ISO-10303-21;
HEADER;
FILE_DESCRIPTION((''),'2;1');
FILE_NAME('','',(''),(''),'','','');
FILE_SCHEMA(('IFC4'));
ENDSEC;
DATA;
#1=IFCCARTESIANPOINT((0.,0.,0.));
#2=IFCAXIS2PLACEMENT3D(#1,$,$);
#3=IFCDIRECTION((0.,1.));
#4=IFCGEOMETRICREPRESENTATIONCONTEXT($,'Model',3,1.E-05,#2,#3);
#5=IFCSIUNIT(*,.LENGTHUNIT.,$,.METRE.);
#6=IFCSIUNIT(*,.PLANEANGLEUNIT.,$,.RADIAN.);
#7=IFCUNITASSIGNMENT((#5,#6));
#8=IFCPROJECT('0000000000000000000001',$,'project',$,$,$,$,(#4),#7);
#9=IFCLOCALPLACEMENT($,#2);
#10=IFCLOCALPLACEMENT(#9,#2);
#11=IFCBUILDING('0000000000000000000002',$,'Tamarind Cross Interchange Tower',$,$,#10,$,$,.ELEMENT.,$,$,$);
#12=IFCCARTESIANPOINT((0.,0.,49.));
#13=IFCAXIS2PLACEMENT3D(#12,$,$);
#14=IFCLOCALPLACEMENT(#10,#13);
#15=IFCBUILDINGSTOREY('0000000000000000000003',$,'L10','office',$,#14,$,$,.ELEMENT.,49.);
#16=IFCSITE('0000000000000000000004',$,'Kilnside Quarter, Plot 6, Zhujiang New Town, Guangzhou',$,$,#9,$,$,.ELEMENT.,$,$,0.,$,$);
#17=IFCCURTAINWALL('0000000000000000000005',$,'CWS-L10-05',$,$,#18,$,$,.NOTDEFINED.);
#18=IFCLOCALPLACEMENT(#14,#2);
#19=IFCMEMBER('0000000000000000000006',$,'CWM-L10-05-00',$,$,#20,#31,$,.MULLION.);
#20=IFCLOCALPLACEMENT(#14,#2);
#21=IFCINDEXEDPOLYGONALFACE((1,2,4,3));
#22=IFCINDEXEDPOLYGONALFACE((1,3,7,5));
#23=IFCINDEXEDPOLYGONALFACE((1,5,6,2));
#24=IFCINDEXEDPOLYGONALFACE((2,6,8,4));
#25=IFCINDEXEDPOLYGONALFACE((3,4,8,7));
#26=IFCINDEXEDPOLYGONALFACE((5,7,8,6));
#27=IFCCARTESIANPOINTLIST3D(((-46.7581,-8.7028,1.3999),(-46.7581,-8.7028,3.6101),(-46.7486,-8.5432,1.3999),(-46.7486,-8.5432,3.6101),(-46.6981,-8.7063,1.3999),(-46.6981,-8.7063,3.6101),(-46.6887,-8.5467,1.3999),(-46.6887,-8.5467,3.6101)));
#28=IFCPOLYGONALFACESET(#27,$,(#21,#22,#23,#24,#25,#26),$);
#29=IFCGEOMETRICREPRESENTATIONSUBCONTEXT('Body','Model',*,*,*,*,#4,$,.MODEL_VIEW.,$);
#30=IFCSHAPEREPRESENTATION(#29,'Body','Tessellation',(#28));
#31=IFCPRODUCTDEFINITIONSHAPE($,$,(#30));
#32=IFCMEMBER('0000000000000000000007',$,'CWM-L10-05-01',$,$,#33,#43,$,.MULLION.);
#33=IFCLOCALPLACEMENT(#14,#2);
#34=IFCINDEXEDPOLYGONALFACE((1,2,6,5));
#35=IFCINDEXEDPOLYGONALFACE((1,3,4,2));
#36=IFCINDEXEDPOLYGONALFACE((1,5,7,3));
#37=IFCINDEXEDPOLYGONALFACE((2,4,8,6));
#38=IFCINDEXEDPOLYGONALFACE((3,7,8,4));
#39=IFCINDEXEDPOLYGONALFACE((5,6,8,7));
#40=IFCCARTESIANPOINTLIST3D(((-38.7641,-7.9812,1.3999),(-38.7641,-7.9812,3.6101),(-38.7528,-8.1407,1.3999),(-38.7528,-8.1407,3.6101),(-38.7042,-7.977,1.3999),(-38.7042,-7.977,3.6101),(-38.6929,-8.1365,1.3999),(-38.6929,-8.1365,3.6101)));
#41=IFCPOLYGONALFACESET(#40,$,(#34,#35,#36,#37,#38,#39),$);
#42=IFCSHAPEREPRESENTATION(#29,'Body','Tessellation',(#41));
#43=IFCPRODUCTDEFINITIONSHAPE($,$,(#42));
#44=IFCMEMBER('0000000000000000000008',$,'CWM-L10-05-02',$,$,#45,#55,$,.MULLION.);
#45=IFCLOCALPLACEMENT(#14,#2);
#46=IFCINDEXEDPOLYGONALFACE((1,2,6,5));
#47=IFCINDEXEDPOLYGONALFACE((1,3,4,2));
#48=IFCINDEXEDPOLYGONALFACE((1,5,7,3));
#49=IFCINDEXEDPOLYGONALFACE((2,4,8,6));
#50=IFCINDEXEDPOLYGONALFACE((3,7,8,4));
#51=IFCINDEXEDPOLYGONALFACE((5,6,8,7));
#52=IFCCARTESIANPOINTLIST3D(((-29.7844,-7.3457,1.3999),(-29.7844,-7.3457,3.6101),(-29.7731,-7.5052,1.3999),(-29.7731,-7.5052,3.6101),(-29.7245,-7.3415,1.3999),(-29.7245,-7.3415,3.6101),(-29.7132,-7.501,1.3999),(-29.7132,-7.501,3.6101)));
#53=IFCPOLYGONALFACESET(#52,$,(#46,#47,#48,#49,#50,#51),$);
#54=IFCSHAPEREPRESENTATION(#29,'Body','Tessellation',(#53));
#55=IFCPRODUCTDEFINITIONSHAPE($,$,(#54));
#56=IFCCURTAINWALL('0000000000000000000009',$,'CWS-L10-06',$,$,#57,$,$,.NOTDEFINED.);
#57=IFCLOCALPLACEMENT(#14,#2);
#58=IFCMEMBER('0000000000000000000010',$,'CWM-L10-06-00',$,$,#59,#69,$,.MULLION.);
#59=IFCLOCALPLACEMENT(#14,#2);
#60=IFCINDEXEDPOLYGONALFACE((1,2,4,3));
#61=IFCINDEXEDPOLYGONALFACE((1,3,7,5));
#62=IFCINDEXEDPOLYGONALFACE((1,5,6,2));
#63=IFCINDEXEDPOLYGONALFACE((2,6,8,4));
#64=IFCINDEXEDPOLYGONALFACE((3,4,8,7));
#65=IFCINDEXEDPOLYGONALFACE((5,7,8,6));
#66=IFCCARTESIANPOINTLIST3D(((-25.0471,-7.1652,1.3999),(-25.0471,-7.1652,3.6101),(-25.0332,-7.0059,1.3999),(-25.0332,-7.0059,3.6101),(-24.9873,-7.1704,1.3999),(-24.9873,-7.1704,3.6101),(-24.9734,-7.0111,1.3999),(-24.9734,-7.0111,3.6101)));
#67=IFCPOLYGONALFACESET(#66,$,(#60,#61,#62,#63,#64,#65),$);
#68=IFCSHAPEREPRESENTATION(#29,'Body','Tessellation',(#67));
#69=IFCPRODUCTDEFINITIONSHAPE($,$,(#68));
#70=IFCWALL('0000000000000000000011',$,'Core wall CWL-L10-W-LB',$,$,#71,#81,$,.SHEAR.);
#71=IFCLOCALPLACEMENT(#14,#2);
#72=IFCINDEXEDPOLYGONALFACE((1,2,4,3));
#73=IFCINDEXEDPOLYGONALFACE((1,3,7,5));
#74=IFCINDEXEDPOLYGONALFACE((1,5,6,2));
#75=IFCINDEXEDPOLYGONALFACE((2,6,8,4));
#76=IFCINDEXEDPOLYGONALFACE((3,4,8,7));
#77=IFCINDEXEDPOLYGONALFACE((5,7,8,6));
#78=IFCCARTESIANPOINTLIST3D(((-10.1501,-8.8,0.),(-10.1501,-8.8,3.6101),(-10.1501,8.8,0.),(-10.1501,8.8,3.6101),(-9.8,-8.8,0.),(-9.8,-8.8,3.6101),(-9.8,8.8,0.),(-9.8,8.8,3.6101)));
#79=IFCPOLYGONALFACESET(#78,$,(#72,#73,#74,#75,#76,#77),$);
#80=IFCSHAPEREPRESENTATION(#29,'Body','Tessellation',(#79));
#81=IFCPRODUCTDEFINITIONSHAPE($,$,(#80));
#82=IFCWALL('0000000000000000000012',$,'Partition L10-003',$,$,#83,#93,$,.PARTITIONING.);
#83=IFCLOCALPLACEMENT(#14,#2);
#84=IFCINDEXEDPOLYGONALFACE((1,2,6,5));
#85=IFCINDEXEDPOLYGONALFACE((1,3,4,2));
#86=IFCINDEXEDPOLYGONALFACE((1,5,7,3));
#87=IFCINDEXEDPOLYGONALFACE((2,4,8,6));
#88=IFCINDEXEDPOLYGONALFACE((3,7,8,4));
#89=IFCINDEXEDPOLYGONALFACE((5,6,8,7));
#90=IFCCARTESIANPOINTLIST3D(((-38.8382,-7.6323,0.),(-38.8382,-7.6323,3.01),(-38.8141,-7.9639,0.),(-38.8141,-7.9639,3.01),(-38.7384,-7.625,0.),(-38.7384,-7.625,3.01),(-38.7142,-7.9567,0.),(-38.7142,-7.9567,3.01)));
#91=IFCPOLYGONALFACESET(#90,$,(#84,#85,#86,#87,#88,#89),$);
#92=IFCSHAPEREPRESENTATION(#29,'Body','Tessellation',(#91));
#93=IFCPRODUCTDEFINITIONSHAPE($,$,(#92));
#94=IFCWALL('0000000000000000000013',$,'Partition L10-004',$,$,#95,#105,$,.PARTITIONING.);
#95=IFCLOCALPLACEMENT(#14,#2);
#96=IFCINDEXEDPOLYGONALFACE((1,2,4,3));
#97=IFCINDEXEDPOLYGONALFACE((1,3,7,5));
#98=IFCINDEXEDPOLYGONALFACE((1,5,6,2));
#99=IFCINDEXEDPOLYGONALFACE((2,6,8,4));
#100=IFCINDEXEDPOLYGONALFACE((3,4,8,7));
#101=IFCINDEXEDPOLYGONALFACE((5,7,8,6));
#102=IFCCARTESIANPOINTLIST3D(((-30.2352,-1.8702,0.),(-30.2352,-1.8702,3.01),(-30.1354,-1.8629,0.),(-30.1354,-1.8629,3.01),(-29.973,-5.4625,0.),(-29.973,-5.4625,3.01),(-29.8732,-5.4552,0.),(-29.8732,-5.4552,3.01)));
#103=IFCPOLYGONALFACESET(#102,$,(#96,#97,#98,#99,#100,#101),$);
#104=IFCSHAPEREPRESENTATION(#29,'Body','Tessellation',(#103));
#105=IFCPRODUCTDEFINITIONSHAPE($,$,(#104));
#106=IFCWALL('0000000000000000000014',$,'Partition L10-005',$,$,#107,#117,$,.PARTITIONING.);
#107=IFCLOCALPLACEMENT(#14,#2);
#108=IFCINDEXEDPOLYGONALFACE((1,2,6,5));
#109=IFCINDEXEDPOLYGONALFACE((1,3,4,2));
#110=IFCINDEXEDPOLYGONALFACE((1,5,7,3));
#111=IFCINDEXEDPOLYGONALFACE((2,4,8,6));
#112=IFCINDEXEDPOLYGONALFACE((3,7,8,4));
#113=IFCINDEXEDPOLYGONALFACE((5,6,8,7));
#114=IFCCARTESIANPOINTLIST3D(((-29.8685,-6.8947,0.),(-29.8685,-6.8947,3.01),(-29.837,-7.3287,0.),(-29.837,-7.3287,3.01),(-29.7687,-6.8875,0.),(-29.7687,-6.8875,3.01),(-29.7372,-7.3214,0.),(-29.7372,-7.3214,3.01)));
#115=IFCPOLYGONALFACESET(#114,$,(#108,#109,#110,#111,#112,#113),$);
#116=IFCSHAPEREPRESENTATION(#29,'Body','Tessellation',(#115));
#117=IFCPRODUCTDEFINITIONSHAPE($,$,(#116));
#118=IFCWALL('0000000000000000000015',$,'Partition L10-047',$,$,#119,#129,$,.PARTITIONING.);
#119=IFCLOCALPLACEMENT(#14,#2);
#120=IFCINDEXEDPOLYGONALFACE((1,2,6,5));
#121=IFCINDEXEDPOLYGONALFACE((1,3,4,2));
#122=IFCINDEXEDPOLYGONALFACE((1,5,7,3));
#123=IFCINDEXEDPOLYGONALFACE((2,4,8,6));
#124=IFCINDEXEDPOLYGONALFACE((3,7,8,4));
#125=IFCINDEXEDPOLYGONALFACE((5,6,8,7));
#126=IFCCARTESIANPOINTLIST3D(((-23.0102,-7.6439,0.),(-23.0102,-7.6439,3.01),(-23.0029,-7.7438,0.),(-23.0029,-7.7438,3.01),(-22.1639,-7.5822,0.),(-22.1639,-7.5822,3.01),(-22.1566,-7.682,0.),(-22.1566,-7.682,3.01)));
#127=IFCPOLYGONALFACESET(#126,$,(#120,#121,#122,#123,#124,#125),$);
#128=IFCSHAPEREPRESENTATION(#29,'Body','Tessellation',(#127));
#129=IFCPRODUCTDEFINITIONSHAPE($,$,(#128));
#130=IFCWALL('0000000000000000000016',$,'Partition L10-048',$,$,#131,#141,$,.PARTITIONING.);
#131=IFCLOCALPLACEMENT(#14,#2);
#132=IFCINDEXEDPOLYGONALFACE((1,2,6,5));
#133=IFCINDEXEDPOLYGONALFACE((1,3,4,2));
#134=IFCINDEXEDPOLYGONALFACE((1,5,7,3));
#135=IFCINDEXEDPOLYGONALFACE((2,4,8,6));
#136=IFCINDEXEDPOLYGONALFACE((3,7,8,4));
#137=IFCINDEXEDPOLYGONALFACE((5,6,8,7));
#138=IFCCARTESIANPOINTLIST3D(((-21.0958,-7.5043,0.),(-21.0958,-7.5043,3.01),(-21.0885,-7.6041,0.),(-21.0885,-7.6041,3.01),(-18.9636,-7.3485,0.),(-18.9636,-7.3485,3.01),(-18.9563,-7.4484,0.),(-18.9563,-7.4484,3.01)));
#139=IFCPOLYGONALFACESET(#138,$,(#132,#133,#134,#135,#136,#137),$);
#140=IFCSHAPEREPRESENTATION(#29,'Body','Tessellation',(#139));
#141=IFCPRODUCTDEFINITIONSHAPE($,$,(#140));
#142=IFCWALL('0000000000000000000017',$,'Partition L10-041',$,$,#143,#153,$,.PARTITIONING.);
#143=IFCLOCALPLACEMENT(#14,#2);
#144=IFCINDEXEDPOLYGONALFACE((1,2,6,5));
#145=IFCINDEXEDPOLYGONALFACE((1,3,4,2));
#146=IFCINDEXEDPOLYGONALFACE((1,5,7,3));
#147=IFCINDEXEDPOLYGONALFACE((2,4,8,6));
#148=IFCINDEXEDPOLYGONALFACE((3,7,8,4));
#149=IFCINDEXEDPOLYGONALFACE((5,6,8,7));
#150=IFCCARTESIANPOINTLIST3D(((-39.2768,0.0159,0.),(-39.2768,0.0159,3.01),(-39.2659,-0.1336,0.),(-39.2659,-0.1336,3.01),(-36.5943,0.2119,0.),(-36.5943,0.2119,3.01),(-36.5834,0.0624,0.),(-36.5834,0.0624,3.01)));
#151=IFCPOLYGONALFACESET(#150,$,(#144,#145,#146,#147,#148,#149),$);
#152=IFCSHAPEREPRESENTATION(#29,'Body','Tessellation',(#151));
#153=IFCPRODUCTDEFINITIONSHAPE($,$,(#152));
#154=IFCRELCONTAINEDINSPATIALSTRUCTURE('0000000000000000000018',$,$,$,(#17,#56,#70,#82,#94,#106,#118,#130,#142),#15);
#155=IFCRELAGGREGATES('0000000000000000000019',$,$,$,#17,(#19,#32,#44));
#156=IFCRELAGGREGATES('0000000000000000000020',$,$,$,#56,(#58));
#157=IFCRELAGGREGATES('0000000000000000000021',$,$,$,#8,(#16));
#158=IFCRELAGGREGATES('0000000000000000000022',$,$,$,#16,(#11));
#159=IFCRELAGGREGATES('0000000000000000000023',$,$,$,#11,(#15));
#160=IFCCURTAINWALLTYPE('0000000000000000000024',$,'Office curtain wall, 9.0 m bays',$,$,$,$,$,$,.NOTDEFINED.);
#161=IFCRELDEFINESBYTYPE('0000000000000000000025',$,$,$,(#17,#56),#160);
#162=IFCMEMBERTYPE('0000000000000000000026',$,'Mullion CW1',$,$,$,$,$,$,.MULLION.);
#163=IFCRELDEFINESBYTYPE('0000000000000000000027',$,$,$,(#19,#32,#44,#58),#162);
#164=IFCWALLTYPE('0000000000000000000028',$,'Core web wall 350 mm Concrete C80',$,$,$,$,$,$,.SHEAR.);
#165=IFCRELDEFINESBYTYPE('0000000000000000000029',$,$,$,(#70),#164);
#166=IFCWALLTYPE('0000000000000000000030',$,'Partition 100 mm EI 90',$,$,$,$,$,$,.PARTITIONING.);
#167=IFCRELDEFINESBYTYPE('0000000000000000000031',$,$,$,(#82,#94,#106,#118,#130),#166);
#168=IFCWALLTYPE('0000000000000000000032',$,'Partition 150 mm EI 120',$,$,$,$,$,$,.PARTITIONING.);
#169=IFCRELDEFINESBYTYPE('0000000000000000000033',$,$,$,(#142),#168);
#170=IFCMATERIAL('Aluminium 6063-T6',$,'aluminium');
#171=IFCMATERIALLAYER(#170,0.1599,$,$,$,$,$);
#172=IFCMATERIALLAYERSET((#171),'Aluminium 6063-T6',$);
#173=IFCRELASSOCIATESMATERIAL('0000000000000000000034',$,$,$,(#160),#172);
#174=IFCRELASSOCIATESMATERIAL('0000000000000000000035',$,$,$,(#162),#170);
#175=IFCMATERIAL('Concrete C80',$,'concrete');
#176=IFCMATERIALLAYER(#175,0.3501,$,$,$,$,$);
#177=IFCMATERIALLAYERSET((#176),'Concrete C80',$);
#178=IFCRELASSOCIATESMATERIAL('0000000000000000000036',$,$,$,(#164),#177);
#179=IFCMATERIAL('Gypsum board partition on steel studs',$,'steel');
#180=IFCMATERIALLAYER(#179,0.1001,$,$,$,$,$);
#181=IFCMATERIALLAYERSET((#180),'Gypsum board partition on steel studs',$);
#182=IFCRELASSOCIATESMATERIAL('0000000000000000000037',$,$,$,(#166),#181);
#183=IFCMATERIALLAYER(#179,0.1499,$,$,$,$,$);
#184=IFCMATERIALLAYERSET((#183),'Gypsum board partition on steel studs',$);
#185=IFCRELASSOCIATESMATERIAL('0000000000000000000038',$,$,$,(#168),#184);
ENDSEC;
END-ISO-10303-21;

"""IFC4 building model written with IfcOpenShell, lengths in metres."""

from ifc_helpers import new_model, si_unit, direction, frame, frame_2d, origin, origin_2d, place, context, subcontext, project, spatial, rectangle, extrude, material, layer, layer_set, material_profile, profile_set, type_object, element, aggregate, save


model = new_model("IFC4")

# Units and contexts
model_context = context("Model", 3, precision=1e-05, world=origin(), true_north=direction((0.0, 1.0)))
body_context = subcontext(model_context, "Body", "Model", "MODEL_VIEW")
ifc_project = project(units=[si_unit("LENGTHUNIT", "METRE"), si_unit("PLANEANGLEUNIT", "RADIAN")], contexts=[model_context])

# Site, building, storey
site_placement = place(None, origin())
site = spatial("IfcSite", under=ifc_project, at=site_placement, Name="Kilnside Quarter, Plot 6, Zhujiang New Town, Guangzhou", CompositionType="ELEMENT", RefElevation=0.0)
building_placement = place(site_placement, origin())
building = spatial("IfcBuilding", under=site, at=building_placement, Name="Tamarind Cross Interchange Tower", CompositionType="ELEMENT")
storey_placement = place(building_placement, frame((0.0, 0.0, 49.0)))
storey = spatial("IfcBuildingStorey", under=building, at=storey_placement, Name="L10", Description="office", CompositionType="ELEMENT", Elevation=49.0)

# Curtain wall, members
ifc_material_1 = material(Name="Aluminium 6063-T6", Category="aluminium")
ifc_layer_1 = layer(ifc_material_1, 0.1599)
ifc_layer_set_1 = layer_set([ifc_layer_1], Name="Aluminium 6063-T6")
curtain_wall_type = type_object("IfcCurtainWallType", Name="Office curtain wall, 9.0 m bays", PredefinedType="NOTDEFINED", material=ifc_layer_set_1)
curtain_wall_1_placement = place(storey_placement, origin())
curtain_wall_1 = element("IfcCurtainWall", 1, at=curtain_wall_1_placement, inside=storey, type_object=curtain_wall_type, Name="CWS-L10-05", PredefinedType="NOTDEFINED")
ifc_material_profile_1 = material_profile(ifc_material_1, rectangle(XDim=0.0601, YDim=0.1599, at=origin_2d()), Name="Mullion CW1")
ifc_profile_set_1 = profile_set([ifc_material_profile_1], Name="Aluminium 6063-T6")
member_type = type_object("IfcMemberType", Name="Mullion CW1", PredefinedType="MULLION", material=ifc_profile_set_1)
member_1_placement = place(storey_placement, frame((-46.7234, -8.6248, 1.3999), z_axis=(0.0, 0.0, 1.0), x_axis=(0.998254, -0.059069, 0.0)))
member_1 = element("IfcMember", 2, at=member_1_placement, type_object=member_type, Name="CWM-L10-05-00", PredefinedType="MULLION", context=body_context, shape_type="SweptSolid", body=[
    extrude(rectangle(XDim=0.0601, YDim=0.1599, at=origin_2d()), origin(), (0.0, 0.0, 1.0), 2.2102),
])
member_2_placement = place(storey_placement, frame((-38.7285, -8.0588, 1.3999), z_axis=(0.0, 0.0, 1.0), x_axis=(0.997505, 0.070594, 0.0)))
member_2 = element("IfcMember", 3, at=member_2_placement, type_object=member_type, Name="CWM-L10-05-01", PredefinedType="MULLION", context=body_context, shape_type="SweptSolid", body=[
    extrude(rectangle(XDim=0.0601, YDim=0.1599, at=origin_2d()), origin(), (0.0, 0.0, 1.0), 2.2102),
])
member_3_placement = place(storey_placement, frame((-29.7488, -7.4233, 1.3999), z_axis=(0.0, 0.0, 1.0), x_axis=(0.997505, 0.070594, 0.0)))
member_3 = element("IfcMember", 4, at=member_3_placement, type_object=member_type, Name="CWM-L10-05-02", PredefinedType="MULLION", context=body_context, shape_type="SweptSolid", body=[
    extrude(rectangle(XDim=0.0601, YDim=0.1599, at=origin_2d()), origin(), (0.0, 0.0, 1.0), 2.2102),
])
aggregate(curtain_wall_1, [member_1, member_2, member_3])

# Curtain wall, member
curtain_wall_2_placement = place(storey_placement, origin())
curtain_wall_2 = element("IfcCurtainWall", 5, at=curtain_wall_2_placement, inside=storey, type_object=curtain_wall_type, Name="CWS-L10-06", PredefinedType="NOTDEFINED")
member_4_placement = place(storey_placement, frame((-25.0103, -7.0881, 1.3999), z_axis=(0.0, 0.0, 1.0), x_axis=(0.996203, -0.087056, 0.0)))
member_4 = element("IfcMember", 6, at=member_4_placement, type_object=member_type, Name="CWM-L10-06-00", PredefinedType="MULLION", context=body_context, shape_type="SweptSolid", body=[
    extrude(rectangle(XDim=0.0601, YDim=0.1599, at=origin_2d()), origin(), (0.0, 0.0, 1.0), 2.2102),
])
aggregate(curtain_wall_2, [member_4])

# Walls
ifc_material_2 = material(Name="Concrete C80", Category="concrete")
ifc_layer_2 = layer(ifc_material_2, 0.3501)
ifc_layer_set_2 = layer_set([ifc_layer_2], Name="Concrete C80")
wall_type_1 = type_object("IfcWallType", Name="Core web wall 350 mm Concrete C80", PredefinedType="SHEAR", material=ifc_layer_set_2)
wall_1_placement = place(storey_placement, frame((-9.9751, -8.8, 0.0), z_axis=(0.0, 0.0, 1.0), x_axis=(0.0, 1.0, 0.0)))
element("IfcWall", 7, at=wall_1_placement, inside=storey, type_object=wall_type_1, Name="Core wall CWL-L10-W-LB", PredefinedType="SHEAR", context=body_context, shape_type="SweptSolid", body=[
    extrude(rectangle(XDim=17.6001, YDim=0.3501, at=frame_2d((8.8, 0.0))), origin(), (0.0, 0.0, 1.0), 3.6101),
])
ifc_material_3 = material(Name="Gypsum board partition on steel studs", Category="steel")
ifc_layer_3 = layer(ifc_material_3, 0.1001)
ifc_layer_set_3 = layer_set([ifc_layer_3], Name="Gypsum board partition on steel studs")
wall_type_2 = type_object("IfcWallType", Name="Partition 100 mm EI 90", PredefinedType="PARTITIONING", material=ifc_layer_set_3)
wall_2_placement = place(storey_placement, frame((-38.7883, -7.6287, 0.0), z_axis=(0.0, 0.0, 1.0), x_axis=(0.072708, -0.997353, 0.0)))
element("IfcWall", 8, at=wall_2_placement, inside=storey, type_object=wall_type_2, Name="Partition L10-003", PredefinedType="PARTITIONING", context=body_context, shape_type="SweptSolid", body=[
    extrude(rectangle(XDim=0.3325, YDim=0.1001, at=frame_2d((0.1663, 0.0))), origin(), (0.0, 0.0, 1.0), 3.01),
])
wall_3_placement = place(storey_placement, frame((-30.1853, -1.8667, 0.0), z_axis=(0.0, 0.0, 1.0), x_axis=(0.072798, -0.997347, 0.0)))
element("IfcWall", 9, at=wall_3_placement, inside=storey, type_object=wall_type_2, Name="Partition L10-004", PredefinedType="PARTITIONING", context=body_context, shape_type="SweptSolid", body=[
    extrude(rectangle(XDim=3.6018, YDim=0.1001, at=frame_2d((1.8008, 0.0))), origin(), (0.0, 0.0, 1.0), 3.01),
])
wall_4_placement = place(storey_placement, frame((-29.8186, -6.8911, 0.0), z_axis=(0.0, 0.0, 1.0), x_axis=(0.072404, -0.997375, 0.0)))
element("IfcWall", 10, at=wall_4_placement, inside=storey, type_object=wall_type_2, Name="Partition L10-005", PredefinedType="PARTITIONING", context=body_context, shape_type="SweptSolid", body=[
    extrude(rectangle(XDim=0.4351, YDim=0.1001, at=frame_2d((0.2175, 0.0))), origin(), (0.0, 0.0, 1.0), 3.01),
])
wall_5_placement = place(storey_placement, frame((-23.0066, -7.6938, 0.0), z_axis=(0.0, 0.0, 1.0), x_axis=(0.997348, 0.07278, 0.0)))
element("IfcWall", 11, at=wall_5_placement, inside=storey, type_object=wall_type_2, Name="Partition L10-047", PredefinedType="PARTITIONING", context=body_context, shape_type="SweptSolid", body=[
    extrude(rectangle(XDim=0.8486, YDim=0.1001, at=frame_2d((0.4243, 0.0))), origin(), (0.0, 0.0, 1.0), 3.01),
])
wall_6_placement = place(storey_placement, frame((-21.092, -7.5542, 0.0), z_axis=(0.0, 0.0, 1.0), x_axis=(0.997343, 0.072854, 0.0)))
element("IfcWall", 12, at=wall_6_placement, inside=storey, type_object=wall_type_2, Name="Partition L10-048", PredefinedType="PARTITIONING", context=body_context, shape_type="SweptSolid", body=[
    extrude(rectangle(XDim=2.1379, YDim=0.1001, at=frame_2d((1.0688, 0.0))), origin(), (0.0, 0.0, 1.0), 3.01),
])
ifc_layer_4 = layer(ifc_material_3, 0.1499)
ifc_layer_set_4 = layer_set([ifc_layer_4], Name="Gypsum board partition on steel studs")
wall_type_3 = type_object("IfcWallType", Name="Partition 150 mm EI 120", PredefinedType="PARTITIONING", material=ifc_layer_set_4)
wall_7_placement = place(storey_placement, frame((-39.2712, -0.0588, 0.0), z_axis=(0.0, 0.0, 1.0), x_axis=(0.99734, 0.072885, 0.0)))
element("IfcWall", 13, at=wall_7_placement, inside=storey, type_object=wall_type_3, Name="Partition L10-041", PredefinedType="PARTITIONING", context=body_context, shape_type="SweptSolid", body=[
    extrude(rectangle(XDim=2.6897, YDim=0.1499, at=frame_2d((1.3447, 0.0))), origin(), (0.0, 0.0, 1.0), 3.01),
])

save(model, "model.ifc")
